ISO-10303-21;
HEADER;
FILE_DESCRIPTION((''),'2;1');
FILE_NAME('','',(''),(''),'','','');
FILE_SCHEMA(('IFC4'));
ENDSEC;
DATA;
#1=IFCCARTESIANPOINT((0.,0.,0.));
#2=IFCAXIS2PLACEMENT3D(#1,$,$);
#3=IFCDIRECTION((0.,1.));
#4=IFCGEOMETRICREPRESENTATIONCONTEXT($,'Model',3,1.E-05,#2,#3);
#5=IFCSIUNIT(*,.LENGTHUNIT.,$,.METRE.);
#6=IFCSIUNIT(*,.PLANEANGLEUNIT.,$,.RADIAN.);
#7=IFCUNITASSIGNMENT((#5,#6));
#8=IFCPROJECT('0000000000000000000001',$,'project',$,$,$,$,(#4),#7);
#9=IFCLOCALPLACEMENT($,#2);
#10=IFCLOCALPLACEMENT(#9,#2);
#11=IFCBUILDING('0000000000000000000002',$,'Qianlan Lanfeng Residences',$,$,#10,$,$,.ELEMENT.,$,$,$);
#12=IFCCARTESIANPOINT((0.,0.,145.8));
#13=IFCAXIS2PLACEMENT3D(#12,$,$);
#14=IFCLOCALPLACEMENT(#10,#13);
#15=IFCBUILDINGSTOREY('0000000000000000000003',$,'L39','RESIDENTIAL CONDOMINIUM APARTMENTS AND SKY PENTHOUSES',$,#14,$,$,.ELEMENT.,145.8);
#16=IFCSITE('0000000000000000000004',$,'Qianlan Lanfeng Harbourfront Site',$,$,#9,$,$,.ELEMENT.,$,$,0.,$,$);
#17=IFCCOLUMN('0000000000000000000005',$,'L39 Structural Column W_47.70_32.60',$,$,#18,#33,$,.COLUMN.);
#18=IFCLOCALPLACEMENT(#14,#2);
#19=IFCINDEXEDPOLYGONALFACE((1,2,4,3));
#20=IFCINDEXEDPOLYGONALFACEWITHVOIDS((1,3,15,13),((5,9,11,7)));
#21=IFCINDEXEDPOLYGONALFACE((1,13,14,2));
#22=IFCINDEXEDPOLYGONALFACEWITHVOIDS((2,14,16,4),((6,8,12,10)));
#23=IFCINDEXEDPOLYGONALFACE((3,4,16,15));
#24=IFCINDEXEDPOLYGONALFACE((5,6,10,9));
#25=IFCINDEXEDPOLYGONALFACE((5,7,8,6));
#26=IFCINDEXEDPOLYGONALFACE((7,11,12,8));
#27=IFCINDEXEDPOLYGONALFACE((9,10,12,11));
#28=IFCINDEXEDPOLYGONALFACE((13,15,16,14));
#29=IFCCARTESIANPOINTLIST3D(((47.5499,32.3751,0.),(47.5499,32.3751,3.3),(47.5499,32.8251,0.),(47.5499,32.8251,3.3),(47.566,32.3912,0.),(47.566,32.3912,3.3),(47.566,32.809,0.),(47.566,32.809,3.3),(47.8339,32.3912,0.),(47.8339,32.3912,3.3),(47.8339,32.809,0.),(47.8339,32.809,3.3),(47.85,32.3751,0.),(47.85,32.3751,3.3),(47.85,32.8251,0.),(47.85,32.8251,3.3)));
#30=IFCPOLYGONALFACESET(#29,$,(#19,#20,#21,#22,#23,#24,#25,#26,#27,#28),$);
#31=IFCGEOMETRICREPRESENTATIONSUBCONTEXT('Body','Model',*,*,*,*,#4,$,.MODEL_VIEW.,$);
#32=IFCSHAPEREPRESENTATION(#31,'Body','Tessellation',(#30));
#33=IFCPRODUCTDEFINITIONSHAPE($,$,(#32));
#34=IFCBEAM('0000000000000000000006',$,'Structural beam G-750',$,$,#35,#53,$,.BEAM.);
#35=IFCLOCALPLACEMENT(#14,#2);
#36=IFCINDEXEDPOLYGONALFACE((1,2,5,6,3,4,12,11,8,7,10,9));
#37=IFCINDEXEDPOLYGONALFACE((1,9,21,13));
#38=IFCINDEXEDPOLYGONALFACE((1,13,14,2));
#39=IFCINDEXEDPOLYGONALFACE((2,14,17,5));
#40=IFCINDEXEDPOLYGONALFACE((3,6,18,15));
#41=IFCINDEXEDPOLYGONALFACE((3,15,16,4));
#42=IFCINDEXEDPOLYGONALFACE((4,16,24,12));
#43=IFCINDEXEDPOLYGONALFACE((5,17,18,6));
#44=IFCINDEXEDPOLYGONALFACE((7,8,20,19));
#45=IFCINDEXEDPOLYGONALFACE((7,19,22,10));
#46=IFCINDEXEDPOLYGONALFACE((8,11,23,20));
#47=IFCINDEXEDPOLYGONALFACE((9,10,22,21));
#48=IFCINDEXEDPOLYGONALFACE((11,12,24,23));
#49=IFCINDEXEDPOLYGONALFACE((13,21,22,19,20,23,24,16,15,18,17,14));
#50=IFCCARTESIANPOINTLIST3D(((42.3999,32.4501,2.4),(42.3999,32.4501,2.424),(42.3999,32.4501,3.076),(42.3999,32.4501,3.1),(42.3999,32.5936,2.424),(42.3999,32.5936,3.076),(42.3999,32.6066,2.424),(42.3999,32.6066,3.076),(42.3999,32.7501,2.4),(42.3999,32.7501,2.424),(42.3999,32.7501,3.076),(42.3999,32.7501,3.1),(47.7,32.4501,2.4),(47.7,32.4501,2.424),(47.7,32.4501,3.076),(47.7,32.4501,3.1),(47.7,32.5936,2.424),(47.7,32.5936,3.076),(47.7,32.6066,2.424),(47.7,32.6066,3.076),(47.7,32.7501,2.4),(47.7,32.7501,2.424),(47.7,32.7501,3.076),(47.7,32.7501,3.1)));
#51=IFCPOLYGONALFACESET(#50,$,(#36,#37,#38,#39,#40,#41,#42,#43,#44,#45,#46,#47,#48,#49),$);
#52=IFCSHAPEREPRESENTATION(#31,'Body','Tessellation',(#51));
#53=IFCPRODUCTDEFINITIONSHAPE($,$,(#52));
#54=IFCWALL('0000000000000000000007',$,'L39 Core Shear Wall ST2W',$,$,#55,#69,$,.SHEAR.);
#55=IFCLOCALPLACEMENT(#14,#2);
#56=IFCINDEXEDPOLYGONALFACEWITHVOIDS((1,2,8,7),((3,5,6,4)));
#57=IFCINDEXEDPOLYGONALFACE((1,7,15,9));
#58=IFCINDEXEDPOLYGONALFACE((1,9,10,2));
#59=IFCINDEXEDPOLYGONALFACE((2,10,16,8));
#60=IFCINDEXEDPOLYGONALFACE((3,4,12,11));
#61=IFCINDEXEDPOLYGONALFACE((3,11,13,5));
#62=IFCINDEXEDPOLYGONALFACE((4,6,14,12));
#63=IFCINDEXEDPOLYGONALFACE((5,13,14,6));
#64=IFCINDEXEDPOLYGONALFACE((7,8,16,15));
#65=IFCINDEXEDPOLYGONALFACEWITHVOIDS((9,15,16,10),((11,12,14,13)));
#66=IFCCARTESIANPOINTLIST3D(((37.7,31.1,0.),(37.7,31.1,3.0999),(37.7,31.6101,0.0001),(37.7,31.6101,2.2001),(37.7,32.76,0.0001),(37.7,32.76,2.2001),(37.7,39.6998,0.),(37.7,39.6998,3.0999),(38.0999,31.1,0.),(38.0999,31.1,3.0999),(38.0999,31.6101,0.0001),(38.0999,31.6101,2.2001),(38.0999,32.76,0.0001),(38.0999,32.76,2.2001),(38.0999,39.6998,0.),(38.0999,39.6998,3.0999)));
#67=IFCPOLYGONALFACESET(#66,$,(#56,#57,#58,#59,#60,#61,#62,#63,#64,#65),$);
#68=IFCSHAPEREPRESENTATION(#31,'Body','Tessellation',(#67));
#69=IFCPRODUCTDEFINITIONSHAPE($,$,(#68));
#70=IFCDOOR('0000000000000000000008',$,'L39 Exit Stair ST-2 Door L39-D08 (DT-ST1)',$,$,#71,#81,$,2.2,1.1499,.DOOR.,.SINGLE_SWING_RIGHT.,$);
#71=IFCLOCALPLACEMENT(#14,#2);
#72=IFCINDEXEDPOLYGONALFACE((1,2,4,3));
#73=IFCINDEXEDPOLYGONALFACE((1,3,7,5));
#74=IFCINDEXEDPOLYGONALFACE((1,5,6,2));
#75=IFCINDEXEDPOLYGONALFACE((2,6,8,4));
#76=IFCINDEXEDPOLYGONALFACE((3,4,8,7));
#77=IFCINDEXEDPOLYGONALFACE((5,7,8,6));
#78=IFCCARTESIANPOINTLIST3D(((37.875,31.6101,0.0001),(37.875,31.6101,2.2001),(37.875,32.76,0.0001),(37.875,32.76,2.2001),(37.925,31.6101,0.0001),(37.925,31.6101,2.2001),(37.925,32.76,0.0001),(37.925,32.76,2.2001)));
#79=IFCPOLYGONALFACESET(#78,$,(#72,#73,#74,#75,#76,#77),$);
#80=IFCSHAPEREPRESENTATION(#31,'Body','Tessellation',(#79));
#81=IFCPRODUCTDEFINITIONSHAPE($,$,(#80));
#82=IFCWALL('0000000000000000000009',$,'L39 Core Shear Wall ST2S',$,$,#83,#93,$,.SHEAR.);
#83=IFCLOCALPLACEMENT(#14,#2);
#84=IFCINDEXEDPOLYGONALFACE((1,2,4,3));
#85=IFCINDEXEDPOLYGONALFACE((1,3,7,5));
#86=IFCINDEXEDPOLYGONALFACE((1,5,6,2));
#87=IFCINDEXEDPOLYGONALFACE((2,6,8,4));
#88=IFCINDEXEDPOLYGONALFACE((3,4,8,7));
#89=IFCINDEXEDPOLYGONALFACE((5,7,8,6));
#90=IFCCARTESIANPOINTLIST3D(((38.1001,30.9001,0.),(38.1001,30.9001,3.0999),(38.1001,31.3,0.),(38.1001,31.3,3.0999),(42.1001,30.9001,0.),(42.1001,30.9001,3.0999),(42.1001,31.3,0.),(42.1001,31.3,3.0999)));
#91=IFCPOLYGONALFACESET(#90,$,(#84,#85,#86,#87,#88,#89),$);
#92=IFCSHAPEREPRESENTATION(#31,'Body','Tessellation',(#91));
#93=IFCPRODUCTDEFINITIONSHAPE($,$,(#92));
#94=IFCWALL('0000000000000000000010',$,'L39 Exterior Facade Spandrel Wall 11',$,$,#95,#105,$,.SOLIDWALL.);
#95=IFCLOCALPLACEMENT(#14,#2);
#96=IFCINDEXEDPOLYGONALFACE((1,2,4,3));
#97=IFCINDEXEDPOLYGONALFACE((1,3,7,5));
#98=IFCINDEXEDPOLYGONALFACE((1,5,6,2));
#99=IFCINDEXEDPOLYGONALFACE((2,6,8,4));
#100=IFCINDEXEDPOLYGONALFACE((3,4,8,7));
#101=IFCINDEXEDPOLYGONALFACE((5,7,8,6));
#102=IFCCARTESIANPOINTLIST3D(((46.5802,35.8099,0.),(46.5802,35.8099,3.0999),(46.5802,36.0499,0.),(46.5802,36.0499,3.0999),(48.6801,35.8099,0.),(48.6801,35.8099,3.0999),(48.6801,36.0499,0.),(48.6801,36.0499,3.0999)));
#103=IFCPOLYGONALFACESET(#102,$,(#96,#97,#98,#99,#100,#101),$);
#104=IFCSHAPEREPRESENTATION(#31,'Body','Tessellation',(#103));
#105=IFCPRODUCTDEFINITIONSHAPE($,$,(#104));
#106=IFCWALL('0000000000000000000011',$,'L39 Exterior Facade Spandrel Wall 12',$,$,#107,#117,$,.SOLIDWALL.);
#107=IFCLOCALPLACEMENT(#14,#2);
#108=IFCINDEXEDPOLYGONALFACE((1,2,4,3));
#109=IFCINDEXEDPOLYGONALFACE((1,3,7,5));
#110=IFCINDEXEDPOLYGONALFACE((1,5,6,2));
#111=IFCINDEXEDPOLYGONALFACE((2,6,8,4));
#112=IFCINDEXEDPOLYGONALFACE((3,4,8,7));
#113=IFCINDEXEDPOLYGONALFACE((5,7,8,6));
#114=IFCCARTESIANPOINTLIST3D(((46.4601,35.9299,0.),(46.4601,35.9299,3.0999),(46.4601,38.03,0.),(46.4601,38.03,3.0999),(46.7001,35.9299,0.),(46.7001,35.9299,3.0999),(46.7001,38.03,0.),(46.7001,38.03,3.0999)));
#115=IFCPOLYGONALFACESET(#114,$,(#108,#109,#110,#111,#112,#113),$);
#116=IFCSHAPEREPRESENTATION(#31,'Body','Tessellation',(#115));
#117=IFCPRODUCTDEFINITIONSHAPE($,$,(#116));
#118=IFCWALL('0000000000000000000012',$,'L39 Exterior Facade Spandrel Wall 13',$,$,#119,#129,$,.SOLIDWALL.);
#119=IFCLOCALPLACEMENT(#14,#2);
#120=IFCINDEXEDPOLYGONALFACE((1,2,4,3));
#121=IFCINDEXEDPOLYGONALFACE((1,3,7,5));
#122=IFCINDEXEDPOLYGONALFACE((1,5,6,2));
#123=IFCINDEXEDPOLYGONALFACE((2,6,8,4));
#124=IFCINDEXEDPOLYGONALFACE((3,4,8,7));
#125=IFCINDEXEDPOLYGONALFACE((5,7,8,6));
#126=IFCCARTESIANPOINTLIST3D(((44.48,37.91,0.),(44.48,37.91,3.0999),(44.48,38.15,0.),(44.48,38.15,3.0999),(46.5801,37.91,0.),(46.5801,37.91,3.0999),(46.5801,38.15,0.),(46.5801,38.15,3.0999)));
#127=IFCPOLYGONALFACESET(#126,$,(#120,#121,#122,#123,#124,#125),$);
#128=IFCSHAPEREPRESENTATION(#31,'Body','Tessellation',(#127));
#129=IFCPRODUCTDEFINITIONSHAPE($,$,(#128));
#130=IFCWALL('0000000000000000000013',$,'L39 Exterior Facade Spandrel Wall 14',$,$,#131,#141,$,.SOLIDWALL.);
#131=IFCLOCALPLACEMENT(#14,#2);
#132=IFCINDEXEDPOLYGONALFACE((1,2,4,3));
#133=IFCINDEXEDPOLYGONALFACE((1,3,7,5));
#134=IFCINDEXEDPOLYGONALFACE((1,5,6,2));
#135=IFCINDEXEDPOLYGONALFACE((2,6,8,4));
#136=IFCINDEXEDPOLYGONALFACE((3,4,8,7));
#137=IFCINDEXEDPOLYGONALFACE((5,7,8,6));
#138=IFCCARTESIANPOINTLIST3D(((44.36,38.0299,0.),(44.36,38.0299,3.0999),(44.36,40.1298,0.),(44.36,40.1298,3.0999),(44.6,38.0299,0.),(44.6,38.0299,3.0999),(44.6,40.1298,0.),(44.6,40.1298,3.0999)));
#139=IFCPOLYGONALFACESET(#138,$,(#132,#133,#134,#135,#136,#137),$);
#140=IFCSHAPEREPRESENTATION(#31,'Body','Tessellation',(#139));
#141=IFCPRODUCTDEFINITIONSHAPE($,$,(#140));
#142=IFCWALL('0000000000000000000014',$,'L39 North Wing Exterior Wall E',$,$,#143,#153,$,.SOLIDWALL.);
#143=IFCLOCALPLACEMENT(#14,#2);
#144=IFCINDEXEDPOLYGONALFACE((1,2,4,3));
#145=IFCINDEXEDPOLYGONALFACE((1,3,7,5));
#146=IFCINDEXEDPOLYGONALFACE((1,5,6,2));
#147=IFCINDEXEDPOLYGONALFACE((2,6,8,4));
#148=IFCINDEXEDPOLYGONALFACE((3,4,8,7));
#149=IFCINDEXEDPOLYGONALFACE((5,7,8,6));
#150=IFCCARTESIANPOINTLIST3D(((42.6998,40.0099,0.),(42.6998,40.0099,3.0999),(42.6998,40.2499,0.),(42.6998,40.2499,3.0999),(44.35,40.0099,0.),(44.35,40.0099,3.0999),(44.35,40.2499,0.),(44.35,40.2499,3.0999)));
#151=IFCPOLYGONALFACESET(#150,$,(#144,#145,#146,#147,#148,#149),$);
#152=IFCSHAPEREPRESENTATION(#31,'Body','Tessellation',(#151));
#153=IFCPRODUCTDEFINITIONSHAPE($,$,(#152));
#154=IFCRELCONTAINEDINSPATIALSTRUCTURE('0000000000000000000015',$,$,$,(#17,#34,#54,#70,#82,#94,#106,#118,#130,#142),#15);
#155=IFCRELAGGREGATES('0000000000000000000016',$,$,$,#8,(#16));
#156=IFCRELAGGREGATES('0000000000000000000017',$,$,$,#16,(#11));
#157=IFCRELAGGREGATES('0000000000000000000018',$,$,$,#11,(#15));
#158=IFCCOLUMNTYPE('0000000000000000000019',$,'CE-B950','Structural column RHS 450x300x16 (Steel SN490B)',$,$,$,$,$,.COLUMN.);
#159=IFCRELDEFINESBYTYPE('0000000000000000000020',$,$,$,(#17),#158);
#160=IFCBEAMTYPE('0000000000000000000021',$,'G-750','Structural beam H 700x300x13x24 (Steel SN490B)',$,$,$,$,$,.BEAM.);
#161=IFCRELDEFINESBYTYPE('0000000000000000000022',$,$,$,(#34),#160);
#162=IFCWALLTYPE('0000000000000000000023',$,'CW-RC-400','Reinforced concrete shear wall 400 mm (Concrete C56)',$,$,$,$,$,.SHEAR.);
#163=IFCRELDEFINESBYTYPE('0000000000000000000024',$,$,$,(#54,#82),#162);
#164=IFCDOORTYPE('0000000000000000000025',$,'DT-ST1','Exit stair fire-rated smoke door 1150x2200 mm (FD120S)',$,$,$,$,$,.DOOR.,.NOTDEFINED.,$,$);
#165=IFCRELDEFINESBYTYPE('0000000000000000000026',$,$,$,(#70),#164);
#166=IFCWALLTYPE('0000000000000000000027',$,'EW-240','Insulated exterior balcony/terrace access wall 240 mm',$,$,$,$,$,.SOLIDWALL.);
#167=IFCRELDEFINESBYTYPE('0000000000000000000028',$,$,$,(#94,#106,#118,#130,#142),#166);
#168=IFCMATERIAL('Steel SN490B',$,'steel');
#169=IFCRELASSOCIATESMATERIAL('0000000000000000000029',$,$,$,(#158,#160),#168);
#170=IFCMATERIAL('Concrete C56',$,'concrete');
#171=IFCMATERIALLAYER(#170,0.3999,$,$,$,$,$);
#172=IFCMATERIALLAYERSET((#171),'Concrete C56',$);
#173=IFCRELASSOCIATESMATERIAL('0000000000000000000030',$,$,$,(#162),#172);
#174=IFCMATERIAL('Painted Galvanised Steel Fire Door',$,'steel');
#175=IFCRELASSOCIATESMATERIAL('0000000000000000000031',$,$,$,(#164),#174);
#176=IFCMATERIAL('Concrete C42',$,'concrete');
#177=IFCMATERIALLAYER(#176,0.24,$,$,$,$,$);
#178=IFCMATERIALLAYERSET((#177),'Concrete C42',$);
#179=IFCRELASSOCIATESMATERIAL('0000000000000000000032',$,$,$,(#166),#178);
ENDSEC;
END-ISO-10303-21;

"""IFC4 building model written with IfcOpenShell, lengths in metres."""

from ifc_helpers import new_model, si_unit, direction, frame, frame_2d, origin, origin_2d, place, context, subcontext, project, spatial, rectangle, hollow_rectangle, i_section, extrude, material, layer, layer_set, material_profile, profile_set, type_object, element, fill, save


model = new_model("IFC4")

# Units and contexts
model_context = context("Model", 3, precision=1e-05, world=origin(), true_north=direction((0.0, 1.0)))
body_context = subcontext(model_context, "Body", "Model", "MODEL_VIEW")
ifc_project = project(units=[si_unit("LENGTHUNIT", "METRE"), si_unit("PLANEANGLEUNIT", "RADIAN")], contexts=[model_context])

# Site, building, storey
site_placement = place(None, origin())
site = spatial("IfcSite", under=ifc_project, at=site_placement, Name="Qianlan Lanfeng Harbourfront Site", CompositionType="ELEMENT", RefElevation=0.0)
building_placement = place(site_placement, origin())
building = spatial("IfcBuilding", under=site, at=building_placement, Name="Qianlan Lanfeng Residences", CompositionType="ELEMENT")
storey_placement = place(building_placement, frame((0.0, 0.0, 145.8)))
storey = spatial("IfcBuildingStorey", under=building, at=storey_placement, Name="L39", Description="RESIDENTIAL CONDOMINIUM APARTMENTS AND SKY PENTHOUSES", CompositionType="ELEMENT", Elevation=145.8)

# Column
ifc_material_1 = material(Name="Steel SN490B", Category="steel")
ifc_material_profile_1 = material_profile(ifc_material_1, hollow_rectangle(XDim=0.3, YDim=0.45, WallThickness=0.0161, at=origin_2d()), Name="RHS 450x300x16")
ifc_profile_set_1 = profile_set([ifc_material_profile_1], Name="Steel SN490B")
column_type = type_object("IfcColumnType", Name="CE-B950", Description="Structural column RHS 450x300x16 (Steel SN490B)", PredefinedType="COLUMN", material=ifc_profile_set_1)
column_placement = place(storey_placement, frame((47.7, 32.6001, 0.0), z_axis=(0.0, 0.0, 1.0), x_axis=(1.0, 0.0, 0.0)))
element("IfcColumn", 1, at=column_placement, inside=storey, type_object=column_type, Name="L39 Structural Column W_47.70_32.60", PredefinedType="COLUMN", context=body_context, shape_type="SweptSolid", body=[
    extrude(hollow_rectangle(XDim=0.3, YDim=0.45, WallThickness=0.0161, at=origin_2d()), origin(), (0.0, 0.0, 1.0), 3.3),
])

# Beam
ifc_material_profile_2 = material_profile(ifc_material_1, i_section(OverallWidth=0.3, OverallDepth=0.7, WebThickness=0.0129, FlangeThickness=0.0239, at=origin_2d()), Name="H 700x300x13x24")
ifc_profile_set_2 = profile_set([ifc_material_profile_2], Name="Steel SN490B")
beam_type = type_object("IfcBeamType", Name="G-750", Description="Structural beam H 700x300x13x24 (Steel SN490B)", PredefinedType="BEAM", material=ifc_profile_set_2)
beam_placement = place(storey_placement, frame((42.3999, 32.6001, 2.75), z_axis=(1.0, 0.0, 0.0), x_axis=(0.0, 1.0, 0.0)))
element("IfcBeam", 2, at=beam_placement, inside=storey, type_object=beam_type, Name="Structural beam G-750", PredefinedType="BEAM", context=body_context, shape_type="SweptSolid", body=[
    extrude(i_section(OverallWidth=0.3, OverallDepth=0.7, WebThickness=0.0129, FlangeThickness=0.0239, at=origin_2d()), origin(), (0.0, 0.0, 1.0), 5.3),
])

# Wall, opening, door
ifc_material_2 = material(Name="Concrete C56", Category="concrete")
ifc_layer_1 = layer(ifc_material_2, 0.3999)
ifc_layer_set_1 = layer_set([ifc_layer_1], Name="Concrete C56")
wall_type_1 = type_object("IfcWallType", Name="CW-RC-400", Description="Reinforced concrete shear wall 400 mm (Concrete C56)", PredefinedType="SHEAR", material=ifc_layer_set_1)
wall_1_placement = place(storey_placement, frame((37.8999, 31.1001, 0.0), z_axis=(0.0, 0.0, 1.0), x_axis=(0.0, 1.0, 0.0)))
wall_1 = element("IfcWall", 3, at=wall_1_placement, inside=storey, type_object=wall_type_1, Name="L39 Core Shear Wall ST2W", PredefinedType="SHEAR", context=body_context, shape_type="SweptSolid", body=[
    extrude(rectangle(XDim=8.5999, YDim=0.3999, at=frame_2d((4.2998, 0.0))), origin(), (0.0, 0.0, 1.0), 3.0999),
])
opening_1_placement = place(wall_1_placement, frame((0.51, 0.0, 0.0)))
opening_1 = element("IfcOpeningElement", 4, at=opening_1_placement, cuts=wall_1, PredefinedType="OPENING", context=body_context, shape_type="SweptSolid", body=[
    extrude(rectangle(XDim=1.1499, YDim=2.2, at=frame_2d((0.575, 1.1001))), frame((0.0, 0.21, 0.0), z_axis=(0.0, -1.0, 0.0), x_axis=(1.0, 0.0, 0.0)), (0.0, 0.0, 1.0), 0.4199),
])
ifc_material_3 = material(Name="Painted Galvanised Steel Fire Door", Category="steel")
door_type_1 = type_object("IfcDoorType", Name="DT-ST1", Description="Exit stair fire-rated smoke door 1150x2200 mm (FD120S)", OperationType="NOTDEFINED", PredefinedType="DOOR", material=ifc_material_3)
door_1_placement = place(opening_1_placement, origin())
door_1 = element("IfcDoor", 5, at=door_1_placement, inside=storey, type_object=door_type_1, Name="L39 Exit Stair ST-2 Door L39-D08 (DT-ST1)", OperationType="SINGLE_SWING_RIGHT", OverallHeight=2.2, OverallWidth=1.1499, PredefinedType="DOOR", context=body_context, shape_type="SweptSolid", body=[
    extrude(rectangle(XDim=1.1499, YDim=2.2, at=frame_2d((0.575, 1.1001))), frame((0.0, 0.0249, 0.0), z_axis=(0.0, -1.0, 0.0), x_axis=(1.0, 0.0, 0.0)), (0.0, 0.0, 1.0), 0.05),
])
fill(opening_1, door_1)

# Walls
wall_2_placement = place(storey_placement, frame((38.1001, 31.1001, 0.0), z_axis=(0.0, 0.0, 1.0), x_axis=(1.0, 0.0, 0.0)))
element("IfcWall", 6, at=wall_2_placement, inside=storey, type_object=wall_type_1, Name="L39 Core Shear Wall ST2S", PredefinedType="SHEAR", context=body_context, shape_type="SweptSolid", body=[
    extrude(rectangle(XDim=4.0, YDim=0.3999, at=frame_2d((2.0, 0.0))), origin(), (0.0, 0.0, 1.0), 3.0999),
])
ifc_material_4 = material(Name="Concrete C42", Category="concrete")
ifc_layer_2 = layer(ifc_material_4, 0.24)
ifc_layer_set_2 = layer_set([ifc_layer_2], Name="Concrete C42")
wall_type_2 = type_object("IfcWallType", Name="EW-240", Description="Insulated exterior balcony/terrace access wall 240 mm", PredefinedType="SOLIDWALL", material=ifc_layer_set_2)
wall_3_placement = place(storey_placement, frame((48.6799, 35.9299, 0.0), z_axis=(0.0, 0.0, 1.0), x_axis=(-1.0, 0.0, 0.0)))
element("IfcWall", 7, at=wall_3_placement, inside=storey, type_object=wall_type_2, Name="L39 Exterior Facade Spandrel Wall 11", PredefinedType="SOLIDWALL", context=body_context, shape_type="SweptSolid", body=[
    extrude(rectangle(XDim=2.0999, YDim=0.24, at=frame_2d((1.0498, 0.0))), origin(), (0.0, 0.0, 1.0), 3.0999),
])
for number, where, z_axis, x_axis, name in (
    (8, (46.5801, 35.9299, 0.0), (0.0, 0.0, 1.0), (0.0, 1.0, 0.0), "L39 Exterior Facade Spandrel Wall 12"),
    (9, (46.5801, 38.03, 0.0), (0.0, 0.0, 1.0), (-1.0, 0.0, 0.0), "L39 Exterior Facade Spandrel Wall 13"),
):
    element("IfcWall", number, at=place(storey_placement, frame(where, z_axis=z_axis, x_axis=x_axis)), inside=storey, type_object=wall_type_2, Name=name, PredefinedType="SOLIDWALL", context=body_context, shape_type="SweptSolid", body=[
        extrude(rectangle(XDim=2.1001, YDim=0.24, at=frame_2d((1.05, 0.0))), origin(), (0.0, 0.0, 1.0), 3.0999),
    ])
wall_4_placement = place(storey_placement, frame((44.48, 38.03, 0.0), z_axis=(0.0, 0.0, 1.0), x_axis=(0.0, 1.0, 0.0)))
element("IfcWall", 10, at=wall_4_placement, inside=storey, type_object=wall_type_2, Name="L39 Exterior Facade Spandrel Wall 14", PredefinedType="SOLIDWALL", context=body_context, shape_type="SweptSolid", body=[
    extrude(rectangle(XDim=2.0999, YDim=0.24, at=frame_2d((1.0498, 0.0))), origin(), (0.0, 0.0, 1.0), 3.0999),
])
wall_5_placement = place(storey_placement, frame((44.3501, 40.1299, 0.0), z_axis=(0.0, 0.0, 1.0), x_axis=(-1.0, 0.0, 0.0)))
element("IfcWall", 11, at=wall_5_placement, inside=storey, type_object=wall_type_2, Name="L39 North Wing Exterior Wall E", PredefinedType="SOLIDWALL", context=body_context, shape_type="SweptSolid", body=[
    extrude(rectangle(XDim=1.6501, YDim=0.24, at=frame_2d((0.8252, 0.0))), origin(), (0.0, 0.0, 1.0), 3.0999),
])

save(model, "model.ifc")
